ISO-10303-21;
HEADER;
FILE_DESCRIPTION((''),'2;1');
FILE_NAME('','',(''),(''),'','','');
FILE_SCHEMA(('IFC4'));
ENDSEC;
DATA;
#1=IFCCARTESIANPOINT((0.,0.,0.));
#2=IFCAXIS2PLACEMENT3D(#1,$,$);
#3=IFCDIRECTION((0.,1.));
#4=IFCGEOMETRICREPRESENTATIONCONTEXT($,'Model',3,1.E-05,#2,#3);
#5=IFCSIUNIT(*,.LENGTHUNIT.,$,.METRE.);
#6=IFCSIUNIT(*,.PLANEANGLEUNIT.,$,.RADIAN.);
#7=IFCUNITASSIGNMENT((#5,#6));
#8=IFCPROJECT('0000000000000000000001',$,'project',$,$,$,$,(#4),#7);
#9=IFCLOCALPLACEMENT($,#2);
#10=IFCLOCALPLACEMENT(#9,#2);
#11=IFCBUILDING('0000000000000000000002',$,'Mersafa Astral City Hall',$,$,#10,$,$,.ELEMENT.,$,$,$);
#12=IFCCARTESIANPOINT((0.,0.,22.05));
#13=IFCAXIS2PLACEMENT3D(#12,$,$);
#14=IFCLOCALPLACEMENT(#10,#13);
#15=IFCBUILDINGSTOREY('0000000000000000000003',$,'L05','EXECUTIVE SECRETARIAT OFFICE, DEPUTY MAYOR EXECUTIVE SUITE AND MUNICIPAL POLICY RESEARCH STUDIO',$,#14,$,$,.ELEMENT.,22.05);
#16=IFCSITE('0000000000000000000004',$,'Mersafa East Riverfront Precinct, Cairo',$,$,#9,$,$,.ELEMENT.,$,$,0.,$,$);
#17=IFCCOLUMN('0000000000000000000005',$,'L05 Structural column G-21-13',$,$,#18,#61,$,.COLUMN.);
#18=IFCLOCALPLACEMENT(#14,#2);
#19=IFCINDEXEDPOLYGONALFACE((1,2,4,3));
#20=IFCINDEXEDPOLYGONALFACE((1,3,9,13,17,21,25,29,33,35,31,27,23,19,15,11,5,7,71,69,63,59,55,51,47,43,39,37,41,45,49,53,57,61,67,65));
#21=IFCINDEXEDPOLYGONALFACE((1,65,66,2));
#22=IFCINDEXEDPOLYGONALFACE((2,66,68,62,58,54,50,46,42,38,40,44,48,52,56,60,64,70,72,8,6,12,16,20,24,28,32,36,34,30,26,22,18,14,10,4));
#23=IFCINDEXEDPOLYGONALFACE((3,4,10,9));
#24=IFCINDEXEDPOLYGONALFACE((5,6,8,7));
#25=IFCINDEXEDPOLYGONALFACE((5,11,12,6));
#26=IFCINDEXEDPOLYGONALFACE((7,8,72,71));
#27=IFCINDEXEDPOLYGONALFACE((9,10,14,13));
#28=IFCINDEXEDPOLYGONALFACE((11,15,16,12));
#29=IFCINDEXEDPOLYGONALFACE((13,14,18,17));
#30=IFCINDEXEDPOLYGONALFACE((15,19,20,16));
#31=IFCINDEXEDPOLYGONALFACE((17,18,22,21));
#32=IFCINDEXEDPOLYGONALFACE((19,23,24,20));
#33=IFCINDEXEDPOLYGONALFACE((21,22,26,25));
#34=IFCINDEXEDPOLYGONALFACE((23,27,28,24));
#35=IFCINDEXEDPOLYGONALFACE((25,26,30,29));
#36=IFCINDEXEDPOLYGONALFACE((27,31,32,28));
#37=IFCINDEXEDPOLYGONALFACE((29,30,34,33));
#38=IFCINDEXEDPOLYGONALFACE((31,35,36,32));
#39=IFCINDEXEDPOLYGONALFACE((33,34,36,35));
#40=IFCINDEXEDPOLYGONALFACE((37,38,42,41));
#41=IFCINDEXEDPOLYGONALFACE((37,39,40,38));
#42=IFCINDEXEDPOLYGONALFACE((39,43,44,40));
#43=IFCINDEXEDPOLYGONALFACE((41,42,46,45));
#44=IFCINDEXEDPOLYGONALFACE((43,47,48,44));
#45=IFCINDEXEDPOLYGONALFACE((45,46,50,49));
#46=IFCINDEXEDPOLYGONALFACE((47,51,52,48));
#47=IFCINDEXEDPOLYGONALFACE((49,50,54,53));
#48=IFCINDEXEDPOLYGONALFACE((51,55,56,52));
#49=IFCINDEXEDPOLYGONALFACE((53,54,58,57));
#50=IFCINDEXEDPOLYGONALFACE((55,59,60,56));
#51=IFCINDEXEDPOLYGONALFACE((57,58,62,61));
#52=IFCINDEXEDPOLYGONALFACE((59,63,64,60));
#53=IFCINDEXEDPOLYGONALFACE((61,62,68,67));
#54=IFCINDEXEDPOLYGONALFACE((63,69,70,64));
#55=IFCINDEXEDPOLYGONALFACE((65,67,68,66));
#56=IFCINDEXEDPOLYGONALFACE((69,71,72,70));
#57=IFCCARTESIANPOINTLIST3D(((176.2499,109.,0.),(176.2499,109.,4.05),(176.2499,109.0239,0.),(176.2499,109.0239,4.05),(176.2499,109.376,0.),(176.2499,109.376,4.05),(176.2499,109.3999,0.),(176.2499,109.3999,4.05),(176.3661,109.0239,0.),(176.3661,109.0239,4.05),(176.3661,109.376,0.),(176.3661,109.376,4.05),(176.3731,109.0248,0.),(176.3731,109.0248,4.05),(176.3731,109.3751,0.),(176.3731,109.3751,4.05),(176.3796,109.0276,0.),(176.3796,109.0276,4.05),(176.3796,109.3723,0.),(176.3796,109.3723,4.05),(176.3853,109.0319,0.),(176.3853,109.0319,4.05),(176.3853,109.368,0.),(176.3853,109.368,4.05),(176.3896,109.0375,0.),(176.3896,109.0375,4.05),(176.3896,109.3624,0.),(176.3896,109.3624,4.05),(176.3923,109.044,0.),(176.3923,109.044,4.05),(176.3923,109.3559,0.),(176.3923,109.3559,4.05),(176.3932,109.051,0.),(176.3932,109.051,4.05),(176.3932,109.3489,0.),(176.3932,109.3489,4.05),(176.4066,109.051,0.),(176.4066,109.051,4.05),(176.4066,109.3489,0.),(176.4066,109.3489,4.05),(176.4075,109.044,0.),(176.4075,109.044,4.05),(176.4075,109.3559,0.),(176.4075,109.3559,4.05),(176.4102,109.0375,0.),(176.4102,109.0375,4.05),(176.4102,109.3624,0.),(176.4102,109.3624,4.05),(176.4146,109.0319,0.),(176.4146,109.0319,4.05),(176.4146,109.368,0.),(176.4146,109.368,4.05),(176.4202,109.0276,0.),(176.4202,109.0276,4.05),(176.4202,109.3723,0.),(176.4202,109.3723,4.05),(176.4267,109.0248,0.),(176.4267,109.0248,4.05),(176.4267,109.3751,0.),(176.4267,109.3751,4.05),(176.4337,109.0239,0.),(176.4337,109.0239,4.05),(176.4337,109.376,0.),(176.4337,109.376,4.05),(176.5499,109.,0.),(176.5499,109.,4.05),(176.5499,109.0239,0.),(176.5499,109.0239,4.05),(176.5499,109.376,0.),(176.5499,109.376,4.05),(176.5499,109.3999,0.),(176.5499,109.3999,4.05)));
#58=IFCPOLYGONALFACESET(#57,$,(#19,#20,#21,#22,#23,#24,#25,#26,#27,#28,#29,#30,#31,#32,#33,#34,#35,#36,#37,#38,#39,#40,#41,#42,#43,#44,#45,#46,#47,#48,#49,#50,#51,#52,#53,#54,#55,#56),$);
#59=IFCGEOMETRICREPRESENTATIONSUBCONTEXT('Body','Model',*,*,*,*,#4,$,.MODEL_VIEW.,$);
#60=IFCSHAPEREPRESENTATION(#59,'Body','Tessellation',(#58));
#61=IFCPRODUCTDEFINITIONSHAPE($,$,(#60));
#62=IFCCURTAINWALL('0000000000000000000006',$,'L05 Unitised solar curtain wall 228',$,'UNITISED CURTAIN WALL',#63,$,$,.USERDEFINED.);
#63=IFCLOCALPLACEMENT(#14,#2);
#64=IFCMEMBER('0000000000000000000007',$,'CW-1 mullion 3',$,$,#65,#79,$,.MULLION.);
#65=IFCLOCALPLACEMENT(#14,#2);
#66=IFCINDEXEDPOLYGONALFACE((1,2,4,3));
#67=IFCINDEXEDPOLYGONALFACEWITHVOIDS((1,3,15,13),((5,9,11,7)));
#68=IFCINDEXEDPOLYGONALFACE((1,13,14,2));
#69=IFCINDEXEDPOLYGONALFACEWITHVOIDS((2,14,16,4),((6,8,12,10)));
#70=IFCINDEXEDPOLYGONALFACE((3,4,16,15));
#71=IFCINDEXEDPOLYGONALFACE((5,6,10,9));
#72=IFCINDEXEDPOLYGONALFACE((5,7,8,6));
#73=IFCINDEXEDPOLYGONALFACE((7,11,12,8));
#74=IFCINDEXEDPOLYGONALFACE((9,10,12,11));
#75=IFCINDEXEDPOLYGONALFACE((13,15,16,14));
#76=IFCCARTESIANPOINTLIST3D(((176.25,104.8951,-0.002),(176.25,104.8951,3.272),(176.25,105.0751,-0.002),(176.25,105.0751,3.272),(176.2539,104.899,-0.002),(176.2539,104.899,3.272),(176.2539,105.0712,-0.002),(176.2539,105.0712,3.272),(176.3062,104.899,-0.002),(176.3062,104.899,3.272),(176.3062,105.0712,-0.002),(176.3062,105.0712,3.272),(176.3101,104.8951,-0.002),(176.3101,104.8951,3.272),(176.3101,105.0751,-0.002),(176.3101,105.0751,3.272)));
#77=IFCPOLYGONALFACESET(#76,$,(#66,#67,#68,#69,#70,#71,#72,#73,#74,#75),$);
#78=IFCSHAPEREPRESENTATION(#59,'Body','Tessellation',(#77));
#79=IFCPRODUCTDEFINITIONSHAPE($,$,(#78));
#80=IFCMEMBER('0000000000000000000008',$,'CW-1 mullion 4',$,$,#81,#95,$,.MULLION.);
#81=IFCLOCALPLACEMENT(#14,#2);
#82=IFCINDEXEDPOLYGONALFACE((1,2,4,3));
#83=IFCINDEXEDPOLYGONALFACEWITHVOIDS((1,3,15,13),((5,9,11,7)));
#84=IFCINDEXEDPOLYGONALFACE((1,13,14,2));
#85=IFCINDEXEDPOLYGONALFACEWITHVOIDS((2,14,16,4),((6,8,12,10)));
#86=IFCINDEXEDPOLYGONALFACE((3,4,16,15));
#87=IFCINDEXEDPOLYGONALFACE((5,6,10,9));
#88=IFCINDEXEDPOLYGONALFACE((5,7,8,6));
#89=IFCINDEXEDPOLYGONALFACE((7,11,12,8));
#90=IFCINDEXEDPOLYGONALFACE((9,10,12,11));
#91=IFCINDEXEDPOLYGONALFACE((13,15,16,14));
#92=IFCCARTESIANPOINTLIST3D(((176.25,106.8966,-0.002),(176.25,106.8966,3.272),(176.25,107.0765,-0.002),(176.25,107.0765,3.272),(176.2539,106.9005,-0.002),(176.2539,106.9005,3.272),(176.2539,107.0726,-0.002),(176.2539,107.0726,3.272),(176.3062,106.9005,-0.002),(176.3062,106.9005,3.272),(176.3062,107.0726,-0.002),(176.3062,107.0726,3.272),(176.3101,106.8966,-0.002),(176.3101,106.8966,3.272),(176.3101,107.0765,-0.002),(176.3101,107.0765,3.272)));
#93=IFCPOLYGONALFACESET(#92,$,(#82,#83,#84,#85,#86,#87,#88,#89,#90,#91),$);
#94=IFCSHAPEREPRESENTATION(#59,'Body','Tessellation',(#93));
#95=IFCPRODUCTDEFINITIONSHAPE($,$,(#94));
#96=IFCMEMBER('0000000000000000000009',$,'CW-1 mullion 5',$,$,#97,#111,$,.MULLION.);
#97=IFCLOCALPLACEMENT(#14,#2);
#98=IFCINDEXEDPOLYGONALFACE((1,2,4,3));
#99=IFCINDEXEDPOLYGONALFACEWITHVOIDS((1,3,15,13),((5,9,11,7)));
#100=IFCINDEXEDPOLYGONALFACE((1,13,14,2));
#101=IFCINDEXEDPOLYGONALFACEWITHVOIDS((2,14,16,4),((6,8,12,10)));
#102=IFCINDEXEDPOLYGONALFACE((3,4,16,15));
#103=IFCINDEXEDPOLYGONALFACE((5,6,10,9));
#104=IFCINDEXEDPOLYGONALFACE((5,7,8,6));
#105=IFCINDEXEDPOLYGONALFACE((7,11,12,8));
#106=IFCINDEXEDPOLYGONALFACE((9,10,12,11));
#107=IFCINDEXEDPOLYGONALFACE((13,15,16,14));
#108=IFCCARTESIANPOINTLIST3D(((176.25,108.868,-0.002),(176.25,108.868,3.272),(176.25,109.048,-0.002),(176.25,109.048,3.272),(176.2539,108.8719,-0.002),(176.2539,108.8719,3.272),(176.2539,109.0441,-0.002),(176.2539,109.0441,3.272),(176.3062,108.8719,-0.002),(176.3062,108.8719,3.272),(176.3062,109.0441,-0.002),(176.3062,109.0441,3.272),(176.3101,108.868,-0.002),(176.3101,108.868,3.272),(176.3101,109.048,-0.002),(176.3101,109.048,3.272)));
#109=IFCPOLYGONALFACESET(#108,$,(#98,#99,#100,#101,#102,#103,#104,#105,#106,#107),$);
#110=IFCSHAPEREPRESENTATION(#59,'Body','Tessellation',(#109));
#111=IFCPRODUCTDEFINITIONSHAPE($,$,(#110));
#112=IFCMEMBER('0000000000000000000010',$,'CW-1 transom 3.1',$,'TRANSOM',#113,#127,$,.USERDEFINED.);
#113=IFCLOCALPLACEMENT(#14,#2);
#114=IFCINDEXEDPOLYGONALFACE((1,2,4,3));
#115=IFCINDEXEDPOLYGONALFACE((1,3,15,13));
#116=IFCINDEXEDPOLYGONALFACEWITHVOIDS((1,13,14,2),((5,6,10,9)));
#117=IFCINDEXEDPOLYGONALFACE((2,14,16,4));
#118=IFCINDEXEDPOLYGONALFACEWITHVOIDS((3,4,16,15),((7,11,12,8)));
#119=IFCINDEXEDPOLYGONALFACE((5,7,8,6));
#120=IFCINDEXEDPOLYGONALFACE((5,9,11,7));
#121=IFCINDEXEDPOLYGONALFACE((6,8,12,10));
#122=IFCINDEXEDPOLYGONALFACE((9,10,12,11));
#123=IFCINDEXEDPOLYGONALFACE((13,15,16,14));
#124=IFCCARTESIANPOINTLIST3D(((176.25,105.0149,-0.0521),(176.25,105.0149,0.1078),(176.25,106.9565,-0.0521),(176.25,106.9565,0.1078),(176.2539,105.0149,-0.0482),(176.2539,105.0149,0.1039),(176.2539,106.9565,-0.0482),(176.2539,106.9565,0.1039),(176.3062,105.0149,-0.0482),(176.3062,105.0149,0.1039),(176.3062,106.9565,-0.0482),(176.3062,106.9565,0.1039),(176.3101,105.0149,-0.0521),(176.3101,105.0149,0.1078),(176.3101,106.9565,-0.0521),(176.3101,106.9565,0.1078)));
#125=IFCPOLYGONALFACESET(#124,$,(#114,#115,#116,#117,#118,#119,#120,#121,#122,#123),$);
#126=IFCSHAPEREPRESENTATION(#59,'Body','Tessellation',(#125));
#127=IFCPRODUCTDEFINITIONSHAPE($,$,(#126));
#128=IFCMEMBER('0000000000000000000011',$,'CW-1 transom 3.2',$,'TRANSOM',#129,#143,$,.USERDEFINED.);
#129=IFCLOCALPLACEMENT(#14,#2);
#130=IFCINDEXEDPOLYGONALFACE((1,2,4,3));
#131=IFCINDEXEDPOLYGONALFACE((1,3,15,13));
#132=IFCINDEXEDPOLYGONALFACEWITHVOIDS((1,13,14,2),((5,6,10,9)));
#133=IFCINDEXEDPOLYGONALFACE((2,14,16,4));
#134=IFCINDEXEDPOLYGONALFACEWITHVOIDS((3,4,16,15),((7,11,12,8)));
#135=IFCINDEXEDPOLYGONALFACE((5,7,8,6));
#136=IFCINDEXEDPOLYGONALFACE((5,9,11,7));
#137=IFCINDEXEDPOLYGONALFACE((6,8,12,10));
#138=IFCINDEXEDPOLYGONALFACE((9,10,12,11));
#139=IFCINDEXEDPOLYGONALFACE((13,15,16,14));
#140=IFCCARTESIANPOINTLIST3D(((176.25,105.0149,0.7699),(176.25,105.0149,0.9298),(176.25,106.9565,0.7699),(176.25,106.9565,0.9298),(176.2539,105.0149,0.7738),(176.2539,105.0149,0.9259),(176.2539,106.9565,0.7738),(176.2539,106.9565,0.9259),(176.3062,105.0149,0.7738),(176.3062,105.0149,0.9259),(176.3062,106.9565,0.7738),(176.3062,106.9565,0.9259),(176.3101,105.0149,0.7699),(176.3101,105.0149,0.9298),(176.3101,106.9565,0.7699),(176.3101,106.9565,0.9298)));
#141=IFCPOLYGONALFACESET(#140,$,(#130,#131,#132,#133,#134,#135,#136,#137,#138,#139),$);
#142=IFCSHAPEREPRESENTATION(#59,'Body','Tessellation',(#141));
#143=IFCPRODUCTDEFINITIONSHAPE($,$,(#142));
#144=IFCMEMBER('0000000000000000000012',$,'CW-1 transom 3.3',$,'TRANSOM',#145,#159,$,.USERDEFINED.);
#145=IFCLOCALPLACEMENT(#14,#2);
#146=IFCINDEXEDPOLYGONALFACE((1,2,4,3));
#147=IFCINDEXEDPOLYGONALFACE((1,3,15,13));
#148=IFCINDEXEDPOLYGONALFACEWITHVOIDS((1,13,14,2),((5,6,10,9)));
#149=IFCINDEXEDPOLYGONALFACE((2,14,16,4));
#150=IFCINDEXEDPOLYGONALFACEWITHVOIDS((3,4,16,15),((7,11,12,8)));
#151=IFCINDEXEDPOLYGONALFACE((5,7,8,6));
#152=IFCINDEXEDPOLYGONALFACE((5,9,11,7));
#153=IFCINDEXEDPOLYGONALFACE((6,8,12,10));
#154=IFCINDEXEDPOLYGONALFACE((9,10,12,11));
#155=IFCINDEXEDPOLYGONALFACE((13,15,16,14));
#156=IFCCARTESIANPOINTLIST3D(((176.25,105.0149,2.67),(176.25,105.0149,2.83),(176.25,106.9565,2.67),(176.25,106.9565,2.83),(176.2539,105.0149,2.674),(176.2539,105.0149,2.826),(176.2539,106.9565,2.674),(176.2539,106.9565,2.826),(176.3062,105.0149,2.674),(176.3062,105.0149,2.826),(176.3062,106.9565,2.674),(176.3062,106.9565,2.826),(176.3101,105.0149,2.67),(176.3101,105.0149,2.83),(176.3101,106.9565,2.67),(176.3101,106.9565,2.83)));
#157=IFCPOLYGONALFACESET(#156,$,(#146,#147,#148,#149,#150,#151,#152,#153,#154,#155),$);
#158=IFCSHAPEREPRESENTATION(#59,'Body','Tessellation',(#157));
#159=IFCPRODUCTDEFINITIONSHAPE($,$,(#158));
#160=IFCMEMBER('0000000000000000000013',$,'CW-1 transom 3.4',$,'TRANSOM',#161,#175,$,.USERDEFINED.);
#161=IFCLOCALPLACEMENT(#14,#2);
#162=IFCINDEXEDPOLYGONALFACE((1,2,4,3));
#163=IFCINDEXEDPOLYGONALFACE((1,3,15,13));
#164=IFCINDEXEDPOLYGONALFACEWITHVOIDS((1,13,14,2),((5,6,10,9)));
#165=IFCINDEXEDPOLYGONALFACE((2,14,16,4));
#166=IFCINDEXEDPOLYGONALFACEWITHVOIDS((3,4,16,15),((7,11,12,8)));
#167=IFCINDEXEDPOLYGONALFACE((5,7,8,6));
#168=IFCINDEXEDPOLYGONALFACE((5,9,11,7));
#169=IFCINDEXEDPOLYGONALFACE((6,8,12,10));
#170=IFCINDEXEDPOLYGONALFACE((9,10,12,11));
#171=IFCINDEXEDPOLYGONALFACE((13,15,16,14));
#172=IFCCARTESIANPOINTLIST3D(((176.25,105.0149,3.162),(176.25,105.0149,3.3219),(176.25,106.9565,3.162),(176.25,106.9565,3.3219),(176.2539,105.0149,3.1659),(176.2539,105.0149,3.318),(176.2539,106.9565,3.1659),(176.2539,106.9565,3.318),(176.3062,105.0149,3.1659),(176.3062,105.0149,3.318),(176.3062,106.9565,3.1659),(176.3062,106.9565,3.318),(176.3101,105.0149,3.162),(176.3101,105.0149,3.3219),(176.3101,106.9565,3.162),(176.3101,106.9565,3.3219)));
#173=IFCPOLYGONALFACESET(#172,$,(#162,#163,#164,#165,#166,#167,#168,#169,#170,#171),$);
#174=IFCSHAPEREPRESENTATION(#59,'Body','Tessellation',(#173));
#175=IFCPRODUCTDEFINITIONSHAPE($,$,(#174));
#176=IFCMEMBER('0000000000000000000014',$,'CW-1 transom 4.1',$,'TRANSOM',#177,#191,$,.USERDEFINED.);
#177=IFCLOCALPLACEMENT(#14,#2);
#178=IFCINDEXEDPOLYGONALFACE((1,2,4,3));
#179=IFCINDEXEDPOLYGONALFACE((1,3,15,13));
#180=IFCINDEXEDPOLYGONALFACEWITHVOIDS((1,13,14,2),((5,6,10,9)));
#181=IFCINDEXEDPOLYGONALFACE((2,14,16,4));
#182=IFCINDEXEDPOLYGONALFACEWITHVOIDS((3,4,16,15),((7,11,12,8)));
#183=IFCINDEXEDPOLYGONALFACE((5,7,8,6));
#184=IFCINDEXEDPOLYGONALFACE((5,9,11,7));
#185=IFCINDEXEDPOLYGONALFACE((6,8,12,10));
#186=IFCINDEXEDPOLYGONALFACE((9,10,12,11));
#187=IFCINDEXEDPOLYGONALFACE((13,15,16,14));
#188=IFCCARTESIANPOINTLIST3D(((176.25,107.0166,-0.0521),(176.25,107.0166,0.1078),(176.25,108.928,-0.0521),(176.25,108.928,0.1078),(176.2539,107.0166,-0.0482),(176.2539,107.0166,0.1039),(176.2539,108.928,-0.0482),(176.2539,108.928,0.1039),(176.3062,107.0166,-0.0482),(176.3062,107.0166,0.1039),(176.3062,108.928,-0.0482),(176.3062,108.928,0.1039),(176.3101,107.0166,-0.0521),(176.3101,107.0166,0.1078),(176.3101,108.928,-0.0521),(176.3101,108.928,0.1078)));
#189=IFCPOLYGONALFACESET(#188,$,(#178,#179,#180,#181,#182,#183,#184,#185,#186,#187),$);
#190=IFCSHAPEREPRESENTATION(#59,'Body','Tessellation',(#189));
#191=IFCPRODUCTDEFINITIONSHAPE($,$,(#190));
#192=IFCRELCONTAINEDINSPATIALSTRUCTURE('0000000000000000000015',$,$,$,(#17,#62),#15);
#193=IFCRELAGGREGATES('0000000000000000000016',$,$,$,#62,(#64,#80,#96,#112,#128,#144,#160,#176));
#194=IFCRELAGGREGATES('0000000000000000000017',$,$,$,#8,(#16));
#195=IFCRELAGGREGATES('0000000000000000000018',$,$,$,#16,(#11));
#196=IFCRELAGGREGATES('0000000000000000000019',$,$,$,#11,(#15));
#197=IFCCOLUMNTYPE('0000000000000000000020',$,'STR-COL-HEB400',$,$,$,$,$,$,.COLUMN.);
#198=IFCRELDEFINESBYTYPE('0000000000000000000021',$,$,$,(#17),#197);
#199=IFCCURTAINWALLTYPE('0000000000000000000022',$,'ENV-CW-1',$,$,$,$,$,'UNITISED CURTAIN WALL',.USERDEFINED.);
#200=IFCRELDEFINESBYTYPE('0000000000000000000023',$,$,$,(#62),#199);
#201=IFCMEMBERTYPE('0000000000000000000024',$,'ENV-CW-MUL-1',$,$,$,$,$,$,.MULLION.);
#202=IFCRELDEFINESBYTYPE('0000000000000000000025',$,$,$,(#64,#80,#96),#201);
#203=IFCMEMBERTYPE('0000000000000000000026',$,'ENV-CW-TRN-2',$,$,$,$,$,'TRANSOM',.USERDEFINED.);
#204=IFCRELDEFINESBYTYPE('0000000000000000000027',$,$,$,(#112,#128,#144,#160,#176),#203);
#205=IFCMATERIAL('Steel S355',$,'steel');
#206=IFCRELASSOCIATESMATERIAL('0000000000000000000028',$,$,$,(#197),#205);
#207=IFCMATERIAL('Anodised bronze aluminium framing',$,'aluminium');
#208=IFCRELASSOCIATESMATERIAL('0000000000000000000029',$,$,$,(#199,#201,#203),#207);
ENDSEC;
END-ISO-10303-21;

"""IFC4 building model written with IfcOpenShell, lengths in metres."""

from ifc_helpers import new_model, si_unit, direction, frame, origin, origin_2d, place, context, subcontext, project, spatial, hollow_rectangle, i_section, extrude, material, material_profile, profile_set, type_object, element, aggregate, save


model = new_model("IFC4")

# Units and contexts
model_context = context("Model", 3, precision=1e-05, world=origin(), true_north=direction((0.0, 1.0)))
body_context = subcontext(model_context, "Body", "Model", "MODEL_VIEW")
ifc_project = project(units=[si_unit("LENGTHUNIT", "METRE"), si_unit("PLANEANGLEUNIT", "RADIAN")], contexts=[model_context])

# Site, building, storey
site_placement = place(None, origin())
site = spatial("IfcSite", under=ifc_project, at=site_placement, Name="Mersafa East Riverfront Precinct, Cairo", CompositionType="ELEMENT", RefElevation=0.0)
building_placement = place(site_placement, origin())
building = spatial("IfcBuilding", under=site, at=building_placement, Name="Mersafa Astral City Hall", CompositionType="ELEMENT")
storey_placement = place(building_placement, frame((0.0, 0.0, 22.05)))
storey = spatial("IfcBuildingStorey", under=building, at=storey_placement, Name="L05", Description="EXECUTIVE SECRETARIAT OFFICE, DEPUTY MAYOR EXECUTIVE SUITE AND MUNICIPAL POLICY RESEARCH STUDIO", CompositionType="ELEMENT", Elevation=22.05)

# Column
ifc_material_1 = material(Name="Steel S355", Category="steel")
ifc_material_profile_1 = material_profile(ifc_material_1, i_section(OverallWidth=0.3, OverallDepth=0.3999, WebThickness=0.0134, FlangeThickness=0.0239, FilletRadius=0.0271, at=origin_2d()), Name="HEB 400")
ifc_profile_set_1 = profile_set([ifc_material_profile_1], Name="Steel S355")
column_type = type_object("IfcColumnType", Name="STR-COL-HEB400", PredefinedType="COLUMN", material=ifc_profile_set_1)
column_placement = place(storey_placement, frame((176.3999, 109.2, 0.0), z_axis=(0.0, 0.0, 1.0), x_axis=(1.0, 0.0, 0.0)))
element("IfcColumn", 1, at=column_placement, inside=storey, type_object=column_type, Name="L05 Structural column G-21-13", PredefinedType="COLUMN", context=body_context, shape_type="SweptSolid", body=[
    extrude(i_section(OverallWidth=0.3, OverallDepth=0.3999, WebThickness=0.0134, FlangeThickness=0.0239, FilletRadius=0.0271, at=origin_2d()), origin(), (0.0, 0.0, 1.0), 4.05),
])

# Curtain wall, members
ifc_material_2 = material(Name="Anodised bronze aluminium framing", Category="aluminium")
curtain_wall_type = type_object("IfcCurtainWallType", Name="ENV-CW-1", ElementType="UNITISED CURTAIN WALL", PredefinedType="USERDEFINED", material=ifc_material_2)
curtain_wall_placement = place(storey_placement, origin())
curtain_wall = element("IfcCurtainWall", 2, at=curtain_wall_placement, inside=storey, type_object=curtain_wall_type, Name="L05 Unitised solar curtain wall 228", ObjectType="UNITISED CURTAIN WALL", PredefinedType="USERDEFINED")
ifc_material_profile_2 = material_profile(ifc_material_2, hollow_rectangle(XDim=0.0601, YDim=0.1799, WallThickness=0.0039, at=origin_2d()), Name="RHS 60x180x4")
ifc_profile_set_2 = profile_set([ifc_material_profile_2], Name="Anodised bronze aluminium framing")
member_type_1 = type_object("IfcMemberType", Name="ENV-CW-MUL-1", PredefinedType="MULLION", material=ifc_profile_set_2)
member_1_placement = place(storey_placement, frame((176.28, 104.9851, -0.002), z_axis=(0.0, 0.0, 1.0), x_axis=(-1.0, 0.0, 0.0)))
member_1 = element("IfcMember", 3, at=member_1_placement, type_object=member_type_1, Name="CW-1 mullion 3", PredefinedType="MULLION", context=body_context, shape_type="SweptSolid", body=[
    extrude(hollow_rectangle(XDim=0.0601, YDim=0.1799, WallThickness=0.0039, at=origin_2d()), origin(), (0.0, 0.0, 1.0), 3.2739),
])
member_2_placement = place(storey_placement, frame((176.28, 106.9866, -0.002), z_axis=(0.0, 0.0, 1.0), x_axis=(-1.0, 0.0, 0.0)))
member_2 = element("IfcMember", 4, at=member_2_placement, type_object=member_type_1, Name="CW-1 mullion 4", PredefinedType="MULLION", context=body_context, shape_type="SweptSolid", body=[
    extrude(hollow_rectangle(XDim=0.0601, YDim=0.1799, WallThickness=0.0039, at=origin_2d()), origin(), (0.0, 0.0, 1.0), 3.2739),
])
member_3_placement = place(storey_placement, frame((176.28, 108.958, -0.002), z_axis=(0.0, 0.0, 1.0), x_axis=(-1.0, 0.0, 0.0)))
member_3 = element("IfcMember", 5, at=member_3_placement, type_object=member_type_1, Name="CW-1 mullion 5", PredefinedType="MULLION", context=body_context, shape_type="SweptSolid", body=[
    extrude(hollow_rectangle(XDim=0.0601, YDim=0.1799, WallThickness=0.0039, at=origin_2d()), origin(), (0.0, 0.0, 1.0), 3.2739),
])
ifc_material_profile_3 = material_profile(ifc_material_2, hollow_rectangle(XDim=0.0601, YDim=0.1599, WallThickness=0.0039, at=origin_2d()), Name="RHS 60x160x4")
ifc_profile_set_3 = profile_set([ifc_material_profile_3], Name="Anodised bronze aluminium framing")
member_type_2 = type_object("IfcMemberType", Name="ENV-CW-TRN-2", ElementType="TRANSOM", PredefinedType="USERDEFINED", material=ifc_profile_set_3)
member_4_placement = place(storey_placement, frame((176.28, 105.0149, 0.0278), z_axis=(0.0, 1.0, 0.0), x_axis=(-1.0, 0.0, 0.0)))
member_4 = element("IfcMember", 6, at=member_4_placement, type_object=member_type_2, Name="CW-1 transom 3.1", ObjectType="TRANSOM", PredefinedType="USERDEFINED", context=body_context, shape_type="SweptSolid", body=[
    extrude(hollow_rectangle(XDim=0.0601, YDim=0.1599, WallThickness=0.0039, at=origin_2d()), origin(), (0.0, 0.0, 1.0), 1.9417),
])
member_5_placement = place(storey_placement, frame((176.28, 105.0149, 0.8499), z_axis=(0.0, 1.0, 0.0), x_axis=(-1.0, 0.0, 0.0)))
member_5 = element("IfcMember", 7, at=member_5_placement, type_object=member_type_2, Name="CW-1 transom 3.2", ObjectType="TRANSOM", PredefinedType="USERDEFINED", context=body_context, shape_type="SweptSolid", body=[
    extrude(hollow_rectangle(XDim=0.0601, YDim=0.1599, WallThickness=0.0039, at=origin_2d()), origin(), (0.0, 0.0, 1.0), 1.9417),
])
member_6_placement = place(storey_placement, frame((176.28, 105.0149, 2.75), z_axis=(0.0, 1.0, 0.0), x_axis=(-1.0, 0.0, 0.0)))
member_6 = element("IfcMember", 8, at=member_6_placement, type_object=member_type_2, Name="CW-1 transom 3.3", ObjectType="TRANSOM", PredefinedType="USERDEFINED", context=body_context, shape_type="SweptSolid", body=[
    extrude(hollow_rectangle(XDim=0.0601, YDim=0.1599, WallThickness=0.0039, at=origin_2d()), origin(), (0.0, 0.0, 1.0), 1.9417),
])
member_7_placement = place(storey_placement, frame((176.28, 105.0149, 3.2419), z_axis=(0.0, 1.0, 0.0), x_axis=(-1.0, 0.0, 0.0)))
member_7 = element("IfcMember", 9, at=member_7_placement, type_object=member_type_2, Name="CW-1 transom 3.4", ObjectType="TRANSOM", PredefinedType="USERDEFINED", context=body_context, shape_type="SweptSolid", body=[
    extrude(hollow_rectangle(XDim=0.0601, YDim=0.1599, WallThickness=0.0039, at=origin_2d()), origin(), (0.0, 0.0, 1.0), 1.9417),
])
member_8_placement = place(storey_placement, frame((176.28, 107.0166, 0.0278), z_axis=(0.0, 1.0, 0.0), x_axis=(-1.0, 0.0, 0.0)))
member_8 = element("IfcMember", 10, at=member_8_placement, type_object=member_type_2, Name="CW-1 transom 4.1", ObjectType="TRANSOM", PredefinedType="USERDEFINED", context=body_context, shape_type="SweptSolid", body=[
    extrude(hollow_rectangle(XDim=0.0601, YDim=0.1599, WallThickness=0.0039, at=origin_2d()), origin(), (0.0, 0.0, 1.0), 1.9114),
])

aggregate(curtain_wall, [member_1, member_2, member_3, member_4, member_5, member_6, member_7, member_8])

save(model, "model.ifc")
